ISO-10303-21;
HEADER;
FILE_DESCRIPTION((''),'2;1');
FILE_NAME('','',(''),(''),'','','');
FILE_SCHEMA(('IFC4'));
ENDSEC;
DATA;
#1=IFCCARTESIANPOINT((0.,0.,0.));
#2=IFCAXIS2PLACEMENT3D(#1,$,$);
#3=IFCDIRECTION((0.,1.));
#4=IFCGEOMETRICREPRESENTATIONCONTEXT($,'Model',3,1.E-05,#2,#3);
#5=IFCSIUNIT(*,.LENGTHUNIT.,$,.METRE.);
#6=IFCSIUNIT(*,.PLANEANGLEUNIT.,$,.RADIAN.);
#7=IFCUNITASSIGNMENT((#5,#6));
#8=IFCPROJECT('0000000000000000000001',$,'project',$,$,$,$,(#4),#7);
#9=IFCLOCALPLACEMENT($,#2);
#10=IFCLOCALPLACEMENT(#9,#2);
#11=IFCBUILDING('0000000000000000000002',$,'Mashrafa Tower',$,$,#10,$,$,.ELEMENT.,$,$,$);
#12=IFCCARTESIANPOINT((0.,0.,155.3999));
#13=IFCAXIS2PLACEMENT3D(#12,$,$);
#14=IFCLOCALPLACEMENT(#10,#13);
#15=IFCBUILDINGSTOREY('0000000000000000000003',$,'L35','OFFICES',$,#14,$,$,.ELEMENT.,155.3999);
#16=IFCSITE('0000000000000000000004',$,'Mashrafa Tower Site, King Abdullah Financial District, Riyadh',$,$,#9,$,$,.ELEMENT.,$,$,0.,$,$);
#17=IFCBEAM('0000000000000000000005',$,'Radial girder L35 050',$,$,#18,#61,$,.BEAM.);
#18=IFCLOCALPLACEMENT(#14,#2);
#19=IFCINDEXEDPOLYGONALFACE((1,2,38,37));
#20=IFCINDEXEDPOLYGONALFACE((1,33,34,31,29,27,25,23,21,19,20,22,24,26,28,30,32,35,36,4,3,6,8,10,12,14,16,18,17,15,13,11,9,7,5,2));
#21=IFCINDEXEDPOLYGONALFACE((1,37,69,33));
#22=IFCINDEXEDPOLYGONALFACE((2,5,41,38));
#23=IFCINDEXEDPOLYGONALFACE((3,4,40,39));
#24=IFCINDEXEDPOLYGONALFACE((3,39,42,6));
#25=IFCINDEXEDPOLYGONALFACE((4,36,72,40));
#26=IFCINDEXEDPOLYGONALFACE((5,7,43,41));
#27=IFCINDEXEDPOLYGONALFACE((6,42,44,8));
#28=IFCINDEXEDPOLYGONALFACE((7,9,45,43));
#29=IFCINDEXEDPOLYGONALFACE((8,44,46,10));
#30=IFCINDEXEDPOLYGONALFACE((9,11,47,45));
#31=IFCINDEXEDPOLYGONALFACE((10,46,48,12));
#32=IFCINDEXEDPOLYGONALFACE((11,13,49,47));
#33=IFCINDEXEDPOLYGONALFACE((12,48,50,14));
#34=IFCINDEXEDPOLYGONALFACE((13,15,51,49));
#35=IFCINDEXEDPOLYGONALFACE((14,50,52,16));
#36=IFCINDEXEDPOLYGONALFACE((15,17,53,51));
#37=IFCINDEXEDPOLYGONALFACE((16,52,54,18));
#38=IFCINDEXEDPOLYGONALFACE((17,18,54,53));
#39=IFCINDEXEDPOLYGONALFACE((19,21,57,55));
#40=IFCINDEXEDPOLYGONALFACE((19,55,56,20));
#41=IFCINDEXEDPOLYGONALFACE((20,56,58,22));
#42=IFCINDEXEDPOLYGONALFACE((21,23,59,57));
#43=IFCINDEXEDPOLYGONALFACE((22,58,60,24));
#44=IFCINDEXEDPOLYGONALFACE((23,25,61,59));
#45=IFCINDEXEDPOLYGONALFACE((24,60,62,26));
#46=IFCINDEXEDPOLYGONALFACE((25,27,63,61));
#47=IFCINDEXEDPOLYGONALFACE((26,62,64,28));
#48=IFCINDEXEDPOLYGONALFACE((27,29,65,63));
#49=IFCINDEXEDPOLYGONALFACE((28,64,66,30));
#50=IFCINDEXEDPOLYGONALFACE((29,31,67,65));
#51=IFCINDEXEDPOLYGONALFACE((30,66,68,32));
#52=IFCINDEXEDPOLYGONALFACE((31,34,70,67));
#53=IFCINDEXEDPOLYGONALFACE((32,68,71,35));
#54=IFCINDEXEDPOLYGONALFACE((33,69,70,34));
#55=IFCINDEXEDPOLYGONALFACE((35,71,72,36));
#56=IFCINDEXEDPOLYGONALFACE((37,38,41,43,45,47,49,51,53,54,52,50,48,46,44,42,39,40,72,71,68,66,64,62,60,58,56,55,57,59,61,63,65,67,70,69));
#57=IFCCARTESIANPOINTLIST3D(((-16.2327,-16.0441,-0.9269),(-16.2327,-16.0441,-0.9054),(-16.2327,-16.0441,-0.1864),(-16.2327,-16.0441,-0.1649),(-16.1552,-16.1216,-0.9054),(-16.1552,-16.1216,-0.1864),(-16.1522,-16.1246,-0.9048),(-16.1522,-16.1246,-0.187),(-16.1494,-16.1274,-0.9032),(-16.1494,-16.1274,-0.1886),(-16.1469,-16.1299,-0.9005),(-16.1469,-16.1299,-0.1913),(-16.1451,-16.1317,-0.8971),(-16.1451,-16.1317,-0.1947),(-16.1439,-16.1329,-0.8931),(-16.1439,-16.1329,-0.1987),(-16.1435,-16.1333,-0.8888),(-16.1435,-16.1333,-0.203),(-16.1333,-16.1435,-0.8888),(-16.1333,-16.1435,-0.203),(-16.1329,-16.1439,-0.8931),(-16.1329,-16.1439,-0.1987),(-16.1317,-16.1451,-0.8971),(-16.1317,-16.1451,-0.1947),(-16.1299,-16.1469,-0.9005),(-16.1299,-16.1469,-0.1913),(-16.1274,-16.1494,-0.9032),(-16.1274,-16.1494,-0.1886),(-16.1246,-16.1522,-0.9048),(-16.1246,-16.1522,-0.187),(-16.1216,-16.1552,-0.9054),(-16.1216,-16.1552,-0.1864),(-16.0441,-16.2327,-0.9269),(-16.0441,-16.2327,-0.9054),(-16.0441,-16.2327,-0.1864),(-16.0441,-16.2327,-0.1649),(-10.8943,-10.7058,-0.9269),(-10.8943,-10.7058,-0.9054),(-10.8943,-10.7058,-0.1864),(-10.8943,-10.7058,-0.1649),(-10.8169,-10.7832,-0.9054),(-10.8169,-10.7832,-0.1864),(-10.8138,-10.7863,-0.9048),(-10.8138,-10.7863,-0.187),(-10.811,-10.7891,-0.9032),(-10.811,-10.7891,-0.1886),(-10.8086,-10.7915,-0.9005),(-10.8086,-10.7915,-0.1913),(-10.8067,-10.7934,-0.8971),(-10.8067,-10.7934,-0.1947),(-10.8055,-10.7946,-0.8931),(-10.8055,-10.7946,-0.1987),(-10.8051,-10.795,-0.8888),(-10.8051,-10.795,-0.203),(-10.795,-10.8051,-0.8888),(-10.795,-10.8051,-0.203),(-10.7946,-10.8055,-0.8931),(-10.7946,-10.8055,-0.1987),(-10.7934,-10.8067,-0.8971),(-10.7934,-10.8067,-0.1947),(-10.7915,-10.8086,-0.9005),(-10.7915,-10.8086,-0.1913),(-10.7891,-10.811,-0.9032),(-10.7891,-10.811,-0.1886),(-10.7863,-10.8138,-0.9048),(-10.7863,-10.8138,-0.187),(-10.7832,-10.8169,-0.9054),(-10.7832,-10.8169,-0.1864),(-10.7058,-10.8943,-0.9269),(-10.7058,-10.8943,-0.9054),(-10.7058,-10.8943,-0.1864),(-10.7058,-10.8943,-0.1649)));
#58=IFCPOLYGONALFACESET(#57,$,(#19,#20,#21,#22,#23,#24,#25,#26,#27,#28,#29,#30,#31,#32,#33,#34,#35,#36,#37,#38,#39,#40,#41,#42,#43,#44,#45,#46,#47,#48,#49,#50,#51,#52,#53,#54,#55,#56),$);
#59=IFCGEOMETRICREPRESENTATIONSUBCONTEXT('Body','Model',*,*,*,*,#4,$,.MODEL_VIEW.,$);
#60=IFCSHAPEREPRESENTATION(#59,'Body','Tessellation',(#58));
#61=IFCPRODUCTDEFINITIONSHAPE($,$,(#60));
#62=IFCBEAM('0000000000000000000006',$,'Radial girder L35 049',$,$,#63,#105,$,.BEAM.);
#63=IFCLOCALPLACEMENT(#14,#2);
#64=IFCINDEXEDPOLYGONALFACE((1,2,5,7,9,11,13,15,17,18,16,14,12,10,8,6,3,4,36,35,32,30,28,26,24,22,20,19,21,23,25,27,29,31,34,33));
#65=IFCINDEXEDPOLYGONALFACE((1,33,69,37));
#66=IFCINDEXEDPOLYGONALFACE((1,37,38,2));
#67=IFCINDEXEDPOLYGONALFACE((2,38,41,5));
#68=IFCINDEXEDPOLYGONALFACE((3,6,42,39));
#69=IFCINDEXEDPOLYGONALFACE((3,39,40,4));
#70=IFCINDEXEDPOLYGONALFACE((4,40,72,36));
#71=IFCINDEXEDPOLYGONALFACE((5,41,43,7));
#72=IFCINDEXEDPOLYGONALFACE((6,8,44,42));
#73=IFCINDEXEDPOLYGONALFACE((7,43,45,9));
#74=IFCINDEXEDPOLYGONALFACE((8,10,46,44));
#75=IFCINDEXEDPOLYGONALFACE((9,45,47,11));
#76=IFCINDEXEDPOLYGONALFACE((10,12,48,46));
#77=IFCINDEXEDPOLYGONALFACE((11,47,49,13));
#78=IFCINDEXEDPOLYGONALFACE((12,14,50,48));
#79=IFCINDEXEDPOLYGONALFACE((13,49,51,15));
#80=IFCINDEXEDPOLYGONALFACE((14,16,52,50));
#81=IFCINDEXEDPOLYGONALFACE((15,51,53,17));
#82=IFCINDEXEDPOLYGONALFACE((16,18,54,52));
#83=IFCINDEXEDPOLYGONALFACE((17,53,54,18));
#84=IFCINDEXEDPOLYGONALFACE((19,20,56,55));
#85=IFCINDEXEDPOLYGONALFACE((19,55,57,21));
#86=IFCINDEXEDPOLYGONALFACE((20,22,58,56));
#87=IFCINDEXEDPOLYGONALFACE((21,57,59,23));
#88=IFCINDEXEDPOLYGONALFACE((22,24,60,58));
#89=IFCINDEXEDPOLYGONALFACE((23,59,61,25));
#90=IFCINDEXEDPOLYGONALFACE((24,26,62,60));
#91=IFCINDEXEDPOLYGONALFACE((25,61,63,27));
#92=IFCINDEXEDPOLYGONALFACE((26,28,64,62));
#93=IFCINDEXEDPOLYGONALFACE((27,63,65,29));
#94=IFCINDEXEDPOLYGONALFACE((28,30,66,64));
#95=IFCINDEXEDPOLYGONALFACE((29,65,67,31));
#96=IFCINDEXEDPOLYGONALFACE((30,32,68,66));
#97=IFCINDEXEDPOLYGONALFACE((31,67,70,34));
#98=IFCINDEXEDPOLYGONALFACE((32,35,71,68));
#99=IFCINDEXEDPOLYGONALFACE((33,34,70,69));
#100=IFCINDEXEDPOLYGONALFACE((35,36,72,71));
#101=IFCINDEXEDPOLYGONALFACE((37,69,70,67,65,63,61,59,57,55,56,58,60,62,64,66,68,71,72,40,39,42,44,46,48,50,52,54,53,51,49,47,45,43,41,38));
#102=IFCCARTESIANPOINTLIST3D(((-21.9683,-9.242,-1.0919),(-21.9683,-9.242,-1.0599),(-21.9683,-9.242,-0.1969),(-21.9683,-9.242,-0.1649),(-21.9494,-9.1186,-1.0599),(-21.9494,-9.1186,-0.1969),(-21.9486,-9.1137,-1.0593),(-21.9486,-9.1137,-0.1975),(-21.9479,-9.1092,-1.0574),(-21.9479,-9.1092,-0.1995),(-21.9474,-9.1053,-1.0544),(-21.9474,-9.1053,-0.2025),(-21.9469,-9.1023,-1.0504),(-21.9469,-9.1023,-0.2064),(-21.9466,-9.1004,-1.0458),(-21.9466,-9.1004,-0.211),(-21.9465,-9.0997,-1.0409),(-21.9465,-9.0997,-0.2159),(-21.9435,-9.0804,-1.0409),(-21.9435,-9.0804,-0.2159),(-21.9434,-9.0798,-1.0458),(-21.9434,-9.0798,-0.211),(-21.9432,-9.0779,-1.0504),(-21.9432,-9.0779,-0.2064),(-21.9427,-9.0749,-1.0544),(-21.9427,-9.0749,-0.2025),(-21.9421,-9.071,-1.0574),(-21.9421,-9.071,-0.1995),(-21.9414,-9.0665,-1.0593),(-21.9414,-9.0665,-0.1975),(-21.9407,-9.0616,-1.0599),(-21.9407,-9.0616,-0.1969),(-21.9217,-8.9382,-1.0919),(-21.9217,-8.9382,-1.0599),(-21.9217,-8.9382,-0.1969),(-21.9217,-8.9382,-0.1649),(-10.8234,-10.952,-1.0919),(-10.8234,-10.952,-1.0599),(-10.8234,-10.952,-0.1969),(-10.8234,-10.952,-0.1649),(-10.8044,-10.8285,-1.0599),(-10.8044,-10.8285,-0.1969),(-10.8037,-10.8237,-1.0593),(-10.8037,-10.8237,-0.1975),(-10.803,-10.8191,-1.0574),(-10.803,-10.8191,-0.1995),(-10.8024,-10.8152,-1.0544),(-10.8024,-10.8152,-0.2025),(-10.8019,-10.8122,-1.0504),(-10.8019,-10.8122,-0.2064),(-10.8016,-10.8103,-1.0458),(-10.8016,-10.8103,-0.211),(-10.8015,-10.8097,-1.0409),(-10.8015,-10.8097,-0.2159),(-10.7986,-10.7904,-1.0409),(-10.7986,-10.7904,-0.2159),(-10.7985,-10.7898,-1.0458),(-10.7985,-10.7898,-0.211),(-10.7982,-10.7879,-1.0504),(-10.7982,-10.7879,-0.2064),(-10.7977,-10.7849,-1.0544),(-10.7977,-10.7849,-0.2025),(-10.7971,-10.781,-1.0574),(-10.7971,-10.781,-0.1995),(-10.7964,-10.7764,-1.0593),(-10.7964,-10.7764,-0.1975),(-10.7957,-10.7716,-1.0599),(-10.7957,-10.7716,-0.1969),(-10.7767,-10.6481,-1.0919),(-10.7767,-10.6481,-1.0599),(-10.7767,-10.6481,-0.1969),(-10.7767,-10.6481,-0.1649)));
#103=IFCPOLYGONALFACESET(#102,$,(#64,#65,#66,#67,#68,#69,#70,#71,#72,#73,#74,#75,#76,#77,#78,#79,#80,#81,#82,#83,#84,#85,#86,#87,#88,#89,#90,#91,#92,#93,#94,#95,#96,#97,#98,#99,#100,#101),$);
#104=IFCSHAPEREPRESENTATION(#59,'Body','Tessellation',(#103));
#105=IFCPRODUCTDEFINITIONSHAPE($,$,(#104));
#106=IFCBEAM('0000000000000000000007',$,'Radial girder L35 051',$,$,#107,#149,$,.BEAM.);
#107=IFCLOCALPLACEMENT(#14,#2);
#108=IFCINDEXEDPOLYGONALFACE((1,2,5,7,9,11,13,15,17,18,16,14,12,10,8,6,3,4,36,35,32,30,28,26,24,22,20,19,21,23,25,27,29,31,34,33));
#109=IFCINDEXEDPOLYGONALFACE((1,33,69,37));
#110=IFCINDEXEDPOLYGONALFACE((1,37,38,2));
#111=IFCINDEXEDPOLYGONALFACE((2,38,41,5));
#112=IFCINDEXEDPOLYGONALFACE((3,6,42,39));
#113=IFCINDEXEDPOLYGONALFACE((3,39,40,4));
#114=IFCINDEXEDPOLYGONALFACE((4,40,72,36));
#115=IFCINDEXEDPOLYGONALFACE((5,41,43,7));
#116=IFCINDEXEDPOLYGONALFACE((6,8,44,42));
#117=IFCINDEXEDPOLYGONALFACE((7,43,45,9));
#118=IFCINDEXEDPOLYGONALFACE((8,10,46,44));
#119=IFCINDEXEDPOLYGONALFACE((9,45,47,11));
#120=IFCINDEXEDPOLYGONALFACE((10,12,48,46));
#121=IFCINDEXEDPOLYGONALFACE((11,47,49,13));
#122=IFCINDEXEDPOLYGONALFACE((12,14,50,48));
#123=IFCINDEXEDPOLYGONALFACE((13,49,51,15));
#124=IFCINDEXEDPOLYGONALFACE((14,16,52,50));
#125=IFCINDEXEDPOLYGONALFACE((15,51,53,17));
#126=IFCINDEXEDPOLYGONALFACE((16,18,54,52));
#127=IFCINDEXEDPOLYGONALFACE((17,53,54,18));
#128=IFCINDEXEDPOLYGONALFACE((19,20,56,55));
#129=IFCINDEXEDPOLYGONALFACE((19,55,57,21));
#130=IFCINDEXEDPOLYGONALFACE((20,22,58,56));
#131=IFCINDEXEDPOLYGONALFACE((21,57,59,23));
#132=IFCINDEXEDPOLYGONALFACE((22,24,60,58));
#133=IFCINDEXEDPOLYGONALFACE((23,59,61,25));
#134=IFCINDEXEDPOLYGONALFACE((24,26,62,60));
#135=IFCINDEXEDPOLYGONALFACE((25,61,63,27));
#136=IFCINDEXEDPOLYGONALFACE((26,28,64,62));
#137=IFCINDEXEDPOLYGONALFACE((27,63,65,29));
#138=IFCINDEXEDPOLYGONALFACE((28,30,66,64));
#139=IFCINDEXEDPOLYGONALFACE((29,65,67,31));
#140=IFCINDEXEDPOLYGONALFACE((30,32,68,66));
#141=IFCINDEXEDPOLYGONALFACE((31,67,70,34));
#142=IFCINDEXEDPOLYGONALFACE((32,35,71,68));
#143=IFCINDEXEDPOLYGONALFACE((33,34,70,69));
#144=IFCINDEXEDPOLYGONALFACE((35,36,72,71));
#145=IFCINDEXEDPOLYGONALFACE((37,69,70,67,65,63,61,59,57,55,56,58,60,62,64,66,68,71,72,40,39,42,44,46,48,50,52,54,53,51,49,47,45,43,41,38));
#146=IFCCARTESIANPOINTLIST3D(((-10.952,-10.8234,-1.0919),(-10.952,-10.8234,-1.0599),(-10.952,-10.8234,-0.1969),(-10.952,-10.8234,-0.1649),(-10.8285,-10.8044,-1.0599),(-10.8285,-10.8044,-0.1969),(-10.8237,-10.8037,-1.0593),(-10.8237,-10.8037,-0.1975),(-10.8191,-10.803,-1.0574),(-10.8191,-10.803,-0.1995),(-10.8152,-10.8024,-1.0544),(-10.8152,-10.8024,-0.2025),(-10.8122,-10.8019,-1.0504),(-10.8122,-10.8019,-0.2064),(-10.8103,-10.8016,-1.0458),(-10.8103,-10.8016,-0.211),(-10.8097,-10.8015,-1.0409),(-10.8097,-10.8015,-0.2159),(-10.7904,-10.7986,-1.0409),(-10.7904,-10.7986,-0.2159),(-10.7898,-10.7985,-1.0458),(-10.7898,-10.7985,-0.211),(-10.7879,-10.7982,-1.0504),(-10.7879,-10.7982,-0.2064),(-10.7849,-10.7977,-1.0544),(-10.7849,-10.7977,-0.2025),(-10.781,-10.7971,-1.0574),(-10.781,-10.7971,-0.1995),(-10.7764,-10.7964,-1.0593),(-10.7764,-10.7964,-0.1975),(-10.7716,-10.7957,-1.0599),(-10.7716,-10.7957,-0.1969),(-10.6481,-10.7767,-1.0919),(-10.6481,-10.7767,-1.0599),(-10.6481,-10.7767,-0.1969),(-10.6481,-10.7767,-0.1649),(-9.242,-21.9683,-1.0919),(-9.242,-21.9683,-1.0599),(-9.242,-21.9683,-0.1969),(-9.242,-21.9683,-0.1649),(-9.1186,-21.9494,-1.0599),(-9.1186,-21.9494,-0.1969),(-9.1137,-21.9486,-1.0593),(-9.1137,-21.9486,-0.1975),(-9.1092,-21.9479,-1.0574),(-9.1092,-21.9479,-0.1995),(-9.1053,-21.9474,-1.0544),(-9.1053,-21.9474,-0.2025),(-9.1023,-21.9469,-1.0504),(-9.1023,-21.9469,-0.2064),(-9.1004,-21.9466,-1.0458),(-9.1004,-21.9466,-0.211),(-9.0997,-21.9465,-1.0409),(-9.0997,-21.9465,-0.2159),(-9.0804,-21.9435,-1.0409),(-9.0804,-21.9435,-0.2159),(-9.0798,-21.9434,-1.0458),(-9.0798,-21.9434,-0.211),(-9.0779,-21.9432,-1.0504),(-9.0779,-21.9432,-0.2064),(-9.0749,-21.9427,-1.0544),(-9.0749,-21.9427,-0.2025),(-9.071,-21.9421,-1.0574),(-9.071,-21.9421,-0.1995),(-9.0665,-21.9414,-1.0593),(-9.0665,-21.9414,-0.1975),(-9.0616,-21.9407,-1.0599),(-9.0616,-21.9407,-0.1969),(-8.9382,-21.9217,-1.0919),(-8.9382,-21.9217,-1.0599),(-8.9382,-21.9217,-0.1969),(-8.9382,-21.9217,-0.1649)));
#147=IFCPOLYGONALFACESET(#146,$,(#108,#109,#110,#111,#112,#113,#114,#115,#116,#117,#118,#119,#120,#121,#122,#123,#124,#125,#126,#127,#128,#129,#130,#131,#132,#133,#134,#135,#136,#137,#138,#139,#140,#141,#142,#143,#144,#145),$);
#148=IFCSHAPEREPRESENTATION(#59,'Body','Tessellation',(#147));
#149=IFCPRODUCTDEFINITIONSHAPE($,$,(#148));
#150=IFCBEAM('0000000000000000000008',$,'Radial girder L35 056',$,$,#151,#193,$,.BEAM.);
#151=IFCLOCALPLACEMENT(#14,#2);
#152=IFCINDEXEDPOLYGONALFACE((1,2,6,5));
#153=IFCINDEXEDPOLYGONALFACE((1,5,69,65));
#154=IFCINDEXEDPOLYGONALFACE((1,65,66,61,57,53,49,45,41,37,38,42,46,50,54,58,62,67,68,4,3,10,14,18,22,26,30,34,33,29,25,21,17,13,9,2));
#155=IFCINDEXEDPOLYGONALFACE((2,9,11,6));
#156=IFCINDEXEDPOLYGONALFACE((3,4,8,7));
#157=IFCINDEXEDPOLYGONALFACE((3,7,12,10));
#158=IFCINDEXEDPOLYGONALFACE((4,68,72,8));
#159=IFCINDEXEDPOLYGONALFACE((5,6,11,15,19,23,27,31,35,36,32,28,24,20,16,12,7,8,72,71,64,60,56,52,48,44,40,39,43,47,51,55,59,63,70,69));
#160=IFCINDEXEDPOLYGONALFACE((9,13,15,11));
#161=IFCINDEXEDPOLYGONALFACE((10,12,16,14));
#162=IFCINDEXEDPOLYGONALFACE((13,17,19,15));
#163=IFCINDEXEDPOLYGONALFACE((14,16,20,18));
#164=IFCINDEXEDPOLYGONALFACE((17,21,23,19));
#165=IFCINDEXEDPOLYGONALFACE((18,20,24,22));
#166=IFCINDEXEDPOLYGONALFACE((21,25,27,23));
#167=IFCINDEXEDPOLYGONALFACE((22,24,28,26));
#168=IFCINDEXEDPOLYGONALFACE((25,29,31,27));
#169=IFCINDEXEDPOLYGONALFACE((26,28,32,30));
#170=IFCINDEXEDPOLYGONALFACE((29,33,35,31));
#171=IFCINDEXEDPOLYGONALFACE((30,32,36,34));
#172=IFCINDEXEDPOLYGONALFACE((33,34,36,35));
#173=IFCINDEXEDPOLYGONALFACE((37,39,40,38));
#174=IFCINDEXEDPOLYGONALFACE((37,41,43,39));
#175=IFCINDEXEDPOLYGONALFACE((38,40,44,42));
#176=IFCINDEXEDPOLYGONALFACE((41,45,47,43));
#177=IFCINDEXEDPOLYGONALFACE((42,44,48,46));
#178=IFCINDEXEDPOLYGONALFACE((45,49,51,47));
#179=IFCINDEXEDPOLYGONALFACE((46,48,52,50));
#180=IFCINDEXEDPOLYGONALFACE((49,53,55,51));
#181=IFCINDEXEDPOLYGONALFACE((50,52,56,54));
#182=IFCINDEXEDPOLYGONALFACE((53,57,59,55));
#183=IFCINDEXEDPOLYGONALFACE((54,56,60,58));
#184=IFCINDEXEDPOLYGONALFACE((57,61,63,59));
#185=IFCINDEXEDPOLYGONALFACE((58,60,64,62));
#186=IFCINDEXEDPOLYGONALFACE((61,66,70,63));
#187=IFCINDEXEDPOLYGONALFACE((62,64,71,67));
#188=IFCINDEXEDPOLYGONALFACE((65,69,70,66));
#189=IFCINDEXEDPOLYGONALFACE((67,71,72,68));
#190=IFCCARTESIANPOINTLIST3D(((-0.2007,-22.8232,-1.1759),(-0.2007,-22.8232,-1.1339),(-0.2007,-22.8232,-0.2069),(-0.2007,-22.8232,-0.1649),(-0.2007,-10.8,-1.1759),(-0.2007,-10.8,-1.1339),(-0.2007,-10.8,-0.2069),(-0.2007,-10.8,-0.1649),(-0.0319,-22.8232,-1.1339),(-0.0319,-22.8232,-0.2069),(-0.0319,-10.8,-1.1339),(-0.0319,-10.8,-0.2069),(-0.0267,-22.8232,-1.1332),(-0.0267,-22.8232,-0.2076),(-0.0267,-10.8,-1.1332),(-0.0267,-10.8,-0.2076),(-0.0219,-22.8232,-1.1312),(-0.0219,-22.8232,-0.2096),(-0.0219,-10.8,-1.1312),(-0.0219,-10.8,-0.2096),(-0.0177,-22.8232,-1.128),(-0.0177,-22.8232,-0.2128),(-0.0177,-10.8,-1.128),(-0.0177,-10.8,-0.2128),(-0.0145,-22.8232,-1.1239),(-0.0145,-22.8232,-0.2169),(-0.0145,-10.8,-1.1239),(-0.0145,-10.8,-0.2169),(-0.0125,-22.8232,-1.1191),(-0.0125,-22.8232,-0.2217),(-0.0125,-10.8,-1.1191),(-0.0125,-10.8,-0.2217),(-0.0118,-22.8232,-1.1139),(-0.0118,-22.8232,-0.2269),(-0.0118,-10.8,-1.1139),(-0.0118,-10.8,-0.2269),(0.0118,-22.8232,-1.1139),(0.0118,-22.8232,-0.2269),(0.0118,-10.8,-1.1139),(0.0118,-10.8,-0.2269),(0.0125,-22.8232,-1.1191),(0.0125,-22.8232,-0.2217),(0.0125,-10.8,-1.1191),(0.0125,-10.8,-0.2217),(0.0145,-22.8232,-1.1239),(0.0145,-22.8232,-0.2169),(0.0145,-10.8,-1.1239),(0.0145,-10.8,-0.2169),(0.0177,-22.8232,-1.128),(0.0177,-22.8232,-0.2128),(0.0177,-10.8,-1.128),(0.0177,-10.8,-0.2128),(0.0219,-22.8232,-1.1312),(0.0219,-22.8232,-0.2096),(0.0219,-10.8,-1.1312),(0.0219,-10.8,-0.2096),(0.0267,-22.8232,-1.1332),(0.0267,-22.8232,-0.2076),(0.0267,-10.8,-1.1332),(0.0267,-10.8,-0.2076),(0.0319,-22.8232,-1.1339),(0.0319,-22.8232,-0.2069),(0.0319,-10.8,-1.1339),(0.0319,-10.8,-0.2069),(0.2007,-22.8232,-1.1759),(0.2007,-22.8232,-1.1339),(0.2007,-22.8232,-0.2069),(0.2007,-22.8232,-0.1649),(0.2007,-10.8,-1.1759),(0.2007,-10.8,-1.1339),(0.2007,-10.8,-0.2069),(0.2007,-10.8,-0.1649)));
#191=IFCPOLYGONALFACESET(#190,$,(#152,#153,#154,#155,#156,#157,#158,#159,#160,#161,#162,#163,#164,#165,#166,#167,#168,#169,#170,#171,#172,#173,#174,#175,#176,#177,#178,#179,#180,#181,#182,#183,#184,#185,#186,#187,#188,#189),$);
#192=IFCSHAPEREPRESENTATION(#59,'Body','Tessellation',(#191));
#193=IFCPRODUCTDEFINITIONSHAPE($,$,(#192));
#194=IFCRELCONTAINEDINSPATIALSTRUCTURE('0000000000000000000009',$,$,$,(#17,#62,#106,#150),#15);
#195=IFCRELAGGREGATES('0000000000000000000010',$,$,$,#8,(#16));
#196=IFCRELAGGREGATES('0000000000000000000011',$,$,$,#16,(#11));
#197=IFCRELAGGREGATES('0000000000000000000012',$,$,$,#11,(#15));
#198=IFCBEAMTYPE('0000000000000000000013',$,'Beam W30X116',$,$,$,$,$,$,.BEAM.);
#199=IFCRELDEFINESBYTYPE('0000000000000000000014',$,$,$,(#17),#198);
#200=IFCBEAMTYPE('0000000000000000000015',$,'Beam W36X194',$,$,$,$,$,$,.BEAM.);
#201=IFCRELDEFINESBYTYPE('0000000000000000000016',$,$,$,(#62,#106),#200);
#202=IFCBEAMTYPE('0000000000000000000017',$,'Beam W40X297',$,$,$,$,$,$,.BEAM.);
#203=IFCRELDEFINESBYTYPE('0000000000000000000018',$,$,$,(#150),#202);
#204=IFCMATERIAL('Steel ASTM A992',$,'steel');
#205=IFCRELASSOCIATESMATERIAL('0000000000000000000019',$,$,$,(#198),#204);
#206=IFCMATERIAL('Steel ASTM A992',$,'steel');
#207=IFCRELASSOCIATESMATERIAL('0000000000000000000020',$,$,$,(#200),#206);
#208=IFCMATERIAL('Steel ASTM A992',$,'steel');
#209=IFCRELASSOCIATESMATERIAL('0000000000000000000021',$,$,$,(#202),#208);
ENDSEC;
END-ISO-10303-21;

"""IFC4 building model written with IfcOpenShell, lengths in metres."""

from ifc_helpers import new_model, si_unit, direction, frame, origin, origin_2d, place, context, subcontext, project, spatial, i_section, extrude, material, material_profile, profile_set, type_object, element, save


model = new_model("IFC4")

# Units and contexts
model_context = context("Model", 3, precision=1e-05, world=origin(), true_north=direction((0.0, 1.0)))
body_context = subcontext(model_context, "Body", "Model", "MODEL_VIEW")
ifc_project = project(units=[si_unit("LENGTHUNIT", "METRE"), si_unit("PLANEANGLEUNIT", "RADIAN")], contexts=[model_context])

# Site, building, storey
site_placement = place(None, origin())
site = spatial("IfcSite", under=ifc_project, at=site_placement, Name="Mashrafa Tower Site, King Abdullah Financial District, Riyadh", CompositionType="ELEMENT", RefElevation=0.0)
building_placement = place(site_placement, origin())
building = spatial("IfcBuilding", under=site, at=building_placement, Name="Mashrafa Tower", CompositionType="ELEMENT")
storey_placement = place(building_placement, frame((0.0, 0.0, 155.3999)))
storey = spatial("IfcBuildingStorey", under=building, at=storey_placement, Name="L35", Description="OFFICES", CompositionType="ELEMENT", Elevation=155.3999)

# Beams
ifc_material_1 = material(Name="Steel ASTM A992", Category="steel")
ifc_material_profile_1 = material_profile(ifc_material_1, i_section(OverallWidth=0.2666, OverallDepth=0.762, WebThickness=0.0144, FlangeThickness=0.0215, FilletRadius=0.0166, at=origin_2d()), Name="W30X116")
ifc_profile_set_1 = profile_set([ifc_material_profile_1], Name="Steel ASTM A992")
beam_type_1 = type_object("IfcBeamType", Name="Beam W30X116", PredefinedType="BEAM", material=ifc_profile_set_1)
beam_1_placement = place(storey_placement, frame((-10.8, -10.8, -0.5459), z_axis=(-0.707107, -0.707107, 0.0), x_axis=(0.707107, -0.707107, 0.0)))
element("IfcBeam", 1, at=beam_1_placement, inside=storey, type_object=beam_type_1, Name="Radial girder L35 050", PredefinedType="BEAM", context=body_context, shape_type="SweptSolid", body=[
    extrude(i_section(OverallWidth=0.2666, OverallDepth=0.762, WebThickness=0.0144, FlangeThickness=0.0215, FilletRadius=0.0166, at=origin_2d()), origin(), (0.0, 0.0, 1.0), 7.5496),
])
ifc_material_2 = material(Name="Steel ASTM A992", Category="steel")
ifc_material_profile_2 = material_profile(ifc_material_2, i_section(OverallWidth=0.3074, OverallDepth=0.927, WebThickness=0.0195, FlangeThickness=0.032, FilletRadius=0.019, at=origin_2d()), Name="W36X194")
ifc_profile_set_2 = profile_set([ifc_material_profile_2], Name="Steel ASTM A992")
beam_type_2 = type_object("IfcBeamType", Name="Beam W36X194", PredefinedType="BEAM", material=ifc_profile_set_2)
for number, where, z_axis, x_axis, name in (
    (2, (-10.8, -10.8, -0.6284), (-0.988434, 0.151654, 0.0), (-0.151654, -0.988434, 0.0), "Radial girder L35 049"),
    (3, (-10.8, -10.8, -0.6284), (0.151654, -0.988434, 0.0), (0.988434, 0.151654, 0.0), "Radial girder L35 051"),
):
    element("IfcBeam", number, at=place(storey_placement, frame(where, z_axis=z_axis, x_axis=x_axis)), inside=storey, type_object=beam_type_2, Name=name, PredefinedType="BEAM", context=body_context, shape_type="SweptSolid", body=[
        extrude(i_section(OverallWidth=0.3074, OverallDepth=0.927, WebThickness=0.0195, FlangeThickness=0.032, FilletRadius=0.019, at=origin_2d()), origin(), (0.0, 0.0, 1.0), 11.2754),
    ])
ifc_material_3 = material(Name="Steel ASTM A992", Category="steel")
ifc_material_profile_3 = material_profile(ifc_material_3, i_section(OverallWidth=0.4014, OverallDepth=1.011, WebThickness=0.0237, FlangeThickness=0.042, FilletRadius=0.02, at=origin_2d()), Name="W40X297")
ifc_profile_set_3 = profile_set([ifc_material_profile_3], Name="Steel ASTM A992")
beam_type_3 = type_object("IfcBeamType", Name="Beam W40X297", PredefinedType="BEAM", material=ifc_profile_set_3)
beam_2_placement = place(storey_placement, frame((0.0, -10.8, -0.6704), z_axis=(0.0, -1.0, 0.0), x_axis=(1.0, 0.0, 0.0)))
element("IfcBeam", 4, at=beam_2_placement, inside=storey, type_object=beam_type_3, Name="Radial girder L35 056", PredefinedType="BEAM", context=body_context, shape_type="SweptSolid", body=[
    extrude(i_section(OverallWidth=0.4014, OverallDepth=1.011, WebThickness=0.0237, FlangeThickness=0.042, FilletRadius=0.02, at=origin_2d()), origin(), (0.0, 0.0, 1.0), 12.0232),
])

save(model, "model.ifc")
